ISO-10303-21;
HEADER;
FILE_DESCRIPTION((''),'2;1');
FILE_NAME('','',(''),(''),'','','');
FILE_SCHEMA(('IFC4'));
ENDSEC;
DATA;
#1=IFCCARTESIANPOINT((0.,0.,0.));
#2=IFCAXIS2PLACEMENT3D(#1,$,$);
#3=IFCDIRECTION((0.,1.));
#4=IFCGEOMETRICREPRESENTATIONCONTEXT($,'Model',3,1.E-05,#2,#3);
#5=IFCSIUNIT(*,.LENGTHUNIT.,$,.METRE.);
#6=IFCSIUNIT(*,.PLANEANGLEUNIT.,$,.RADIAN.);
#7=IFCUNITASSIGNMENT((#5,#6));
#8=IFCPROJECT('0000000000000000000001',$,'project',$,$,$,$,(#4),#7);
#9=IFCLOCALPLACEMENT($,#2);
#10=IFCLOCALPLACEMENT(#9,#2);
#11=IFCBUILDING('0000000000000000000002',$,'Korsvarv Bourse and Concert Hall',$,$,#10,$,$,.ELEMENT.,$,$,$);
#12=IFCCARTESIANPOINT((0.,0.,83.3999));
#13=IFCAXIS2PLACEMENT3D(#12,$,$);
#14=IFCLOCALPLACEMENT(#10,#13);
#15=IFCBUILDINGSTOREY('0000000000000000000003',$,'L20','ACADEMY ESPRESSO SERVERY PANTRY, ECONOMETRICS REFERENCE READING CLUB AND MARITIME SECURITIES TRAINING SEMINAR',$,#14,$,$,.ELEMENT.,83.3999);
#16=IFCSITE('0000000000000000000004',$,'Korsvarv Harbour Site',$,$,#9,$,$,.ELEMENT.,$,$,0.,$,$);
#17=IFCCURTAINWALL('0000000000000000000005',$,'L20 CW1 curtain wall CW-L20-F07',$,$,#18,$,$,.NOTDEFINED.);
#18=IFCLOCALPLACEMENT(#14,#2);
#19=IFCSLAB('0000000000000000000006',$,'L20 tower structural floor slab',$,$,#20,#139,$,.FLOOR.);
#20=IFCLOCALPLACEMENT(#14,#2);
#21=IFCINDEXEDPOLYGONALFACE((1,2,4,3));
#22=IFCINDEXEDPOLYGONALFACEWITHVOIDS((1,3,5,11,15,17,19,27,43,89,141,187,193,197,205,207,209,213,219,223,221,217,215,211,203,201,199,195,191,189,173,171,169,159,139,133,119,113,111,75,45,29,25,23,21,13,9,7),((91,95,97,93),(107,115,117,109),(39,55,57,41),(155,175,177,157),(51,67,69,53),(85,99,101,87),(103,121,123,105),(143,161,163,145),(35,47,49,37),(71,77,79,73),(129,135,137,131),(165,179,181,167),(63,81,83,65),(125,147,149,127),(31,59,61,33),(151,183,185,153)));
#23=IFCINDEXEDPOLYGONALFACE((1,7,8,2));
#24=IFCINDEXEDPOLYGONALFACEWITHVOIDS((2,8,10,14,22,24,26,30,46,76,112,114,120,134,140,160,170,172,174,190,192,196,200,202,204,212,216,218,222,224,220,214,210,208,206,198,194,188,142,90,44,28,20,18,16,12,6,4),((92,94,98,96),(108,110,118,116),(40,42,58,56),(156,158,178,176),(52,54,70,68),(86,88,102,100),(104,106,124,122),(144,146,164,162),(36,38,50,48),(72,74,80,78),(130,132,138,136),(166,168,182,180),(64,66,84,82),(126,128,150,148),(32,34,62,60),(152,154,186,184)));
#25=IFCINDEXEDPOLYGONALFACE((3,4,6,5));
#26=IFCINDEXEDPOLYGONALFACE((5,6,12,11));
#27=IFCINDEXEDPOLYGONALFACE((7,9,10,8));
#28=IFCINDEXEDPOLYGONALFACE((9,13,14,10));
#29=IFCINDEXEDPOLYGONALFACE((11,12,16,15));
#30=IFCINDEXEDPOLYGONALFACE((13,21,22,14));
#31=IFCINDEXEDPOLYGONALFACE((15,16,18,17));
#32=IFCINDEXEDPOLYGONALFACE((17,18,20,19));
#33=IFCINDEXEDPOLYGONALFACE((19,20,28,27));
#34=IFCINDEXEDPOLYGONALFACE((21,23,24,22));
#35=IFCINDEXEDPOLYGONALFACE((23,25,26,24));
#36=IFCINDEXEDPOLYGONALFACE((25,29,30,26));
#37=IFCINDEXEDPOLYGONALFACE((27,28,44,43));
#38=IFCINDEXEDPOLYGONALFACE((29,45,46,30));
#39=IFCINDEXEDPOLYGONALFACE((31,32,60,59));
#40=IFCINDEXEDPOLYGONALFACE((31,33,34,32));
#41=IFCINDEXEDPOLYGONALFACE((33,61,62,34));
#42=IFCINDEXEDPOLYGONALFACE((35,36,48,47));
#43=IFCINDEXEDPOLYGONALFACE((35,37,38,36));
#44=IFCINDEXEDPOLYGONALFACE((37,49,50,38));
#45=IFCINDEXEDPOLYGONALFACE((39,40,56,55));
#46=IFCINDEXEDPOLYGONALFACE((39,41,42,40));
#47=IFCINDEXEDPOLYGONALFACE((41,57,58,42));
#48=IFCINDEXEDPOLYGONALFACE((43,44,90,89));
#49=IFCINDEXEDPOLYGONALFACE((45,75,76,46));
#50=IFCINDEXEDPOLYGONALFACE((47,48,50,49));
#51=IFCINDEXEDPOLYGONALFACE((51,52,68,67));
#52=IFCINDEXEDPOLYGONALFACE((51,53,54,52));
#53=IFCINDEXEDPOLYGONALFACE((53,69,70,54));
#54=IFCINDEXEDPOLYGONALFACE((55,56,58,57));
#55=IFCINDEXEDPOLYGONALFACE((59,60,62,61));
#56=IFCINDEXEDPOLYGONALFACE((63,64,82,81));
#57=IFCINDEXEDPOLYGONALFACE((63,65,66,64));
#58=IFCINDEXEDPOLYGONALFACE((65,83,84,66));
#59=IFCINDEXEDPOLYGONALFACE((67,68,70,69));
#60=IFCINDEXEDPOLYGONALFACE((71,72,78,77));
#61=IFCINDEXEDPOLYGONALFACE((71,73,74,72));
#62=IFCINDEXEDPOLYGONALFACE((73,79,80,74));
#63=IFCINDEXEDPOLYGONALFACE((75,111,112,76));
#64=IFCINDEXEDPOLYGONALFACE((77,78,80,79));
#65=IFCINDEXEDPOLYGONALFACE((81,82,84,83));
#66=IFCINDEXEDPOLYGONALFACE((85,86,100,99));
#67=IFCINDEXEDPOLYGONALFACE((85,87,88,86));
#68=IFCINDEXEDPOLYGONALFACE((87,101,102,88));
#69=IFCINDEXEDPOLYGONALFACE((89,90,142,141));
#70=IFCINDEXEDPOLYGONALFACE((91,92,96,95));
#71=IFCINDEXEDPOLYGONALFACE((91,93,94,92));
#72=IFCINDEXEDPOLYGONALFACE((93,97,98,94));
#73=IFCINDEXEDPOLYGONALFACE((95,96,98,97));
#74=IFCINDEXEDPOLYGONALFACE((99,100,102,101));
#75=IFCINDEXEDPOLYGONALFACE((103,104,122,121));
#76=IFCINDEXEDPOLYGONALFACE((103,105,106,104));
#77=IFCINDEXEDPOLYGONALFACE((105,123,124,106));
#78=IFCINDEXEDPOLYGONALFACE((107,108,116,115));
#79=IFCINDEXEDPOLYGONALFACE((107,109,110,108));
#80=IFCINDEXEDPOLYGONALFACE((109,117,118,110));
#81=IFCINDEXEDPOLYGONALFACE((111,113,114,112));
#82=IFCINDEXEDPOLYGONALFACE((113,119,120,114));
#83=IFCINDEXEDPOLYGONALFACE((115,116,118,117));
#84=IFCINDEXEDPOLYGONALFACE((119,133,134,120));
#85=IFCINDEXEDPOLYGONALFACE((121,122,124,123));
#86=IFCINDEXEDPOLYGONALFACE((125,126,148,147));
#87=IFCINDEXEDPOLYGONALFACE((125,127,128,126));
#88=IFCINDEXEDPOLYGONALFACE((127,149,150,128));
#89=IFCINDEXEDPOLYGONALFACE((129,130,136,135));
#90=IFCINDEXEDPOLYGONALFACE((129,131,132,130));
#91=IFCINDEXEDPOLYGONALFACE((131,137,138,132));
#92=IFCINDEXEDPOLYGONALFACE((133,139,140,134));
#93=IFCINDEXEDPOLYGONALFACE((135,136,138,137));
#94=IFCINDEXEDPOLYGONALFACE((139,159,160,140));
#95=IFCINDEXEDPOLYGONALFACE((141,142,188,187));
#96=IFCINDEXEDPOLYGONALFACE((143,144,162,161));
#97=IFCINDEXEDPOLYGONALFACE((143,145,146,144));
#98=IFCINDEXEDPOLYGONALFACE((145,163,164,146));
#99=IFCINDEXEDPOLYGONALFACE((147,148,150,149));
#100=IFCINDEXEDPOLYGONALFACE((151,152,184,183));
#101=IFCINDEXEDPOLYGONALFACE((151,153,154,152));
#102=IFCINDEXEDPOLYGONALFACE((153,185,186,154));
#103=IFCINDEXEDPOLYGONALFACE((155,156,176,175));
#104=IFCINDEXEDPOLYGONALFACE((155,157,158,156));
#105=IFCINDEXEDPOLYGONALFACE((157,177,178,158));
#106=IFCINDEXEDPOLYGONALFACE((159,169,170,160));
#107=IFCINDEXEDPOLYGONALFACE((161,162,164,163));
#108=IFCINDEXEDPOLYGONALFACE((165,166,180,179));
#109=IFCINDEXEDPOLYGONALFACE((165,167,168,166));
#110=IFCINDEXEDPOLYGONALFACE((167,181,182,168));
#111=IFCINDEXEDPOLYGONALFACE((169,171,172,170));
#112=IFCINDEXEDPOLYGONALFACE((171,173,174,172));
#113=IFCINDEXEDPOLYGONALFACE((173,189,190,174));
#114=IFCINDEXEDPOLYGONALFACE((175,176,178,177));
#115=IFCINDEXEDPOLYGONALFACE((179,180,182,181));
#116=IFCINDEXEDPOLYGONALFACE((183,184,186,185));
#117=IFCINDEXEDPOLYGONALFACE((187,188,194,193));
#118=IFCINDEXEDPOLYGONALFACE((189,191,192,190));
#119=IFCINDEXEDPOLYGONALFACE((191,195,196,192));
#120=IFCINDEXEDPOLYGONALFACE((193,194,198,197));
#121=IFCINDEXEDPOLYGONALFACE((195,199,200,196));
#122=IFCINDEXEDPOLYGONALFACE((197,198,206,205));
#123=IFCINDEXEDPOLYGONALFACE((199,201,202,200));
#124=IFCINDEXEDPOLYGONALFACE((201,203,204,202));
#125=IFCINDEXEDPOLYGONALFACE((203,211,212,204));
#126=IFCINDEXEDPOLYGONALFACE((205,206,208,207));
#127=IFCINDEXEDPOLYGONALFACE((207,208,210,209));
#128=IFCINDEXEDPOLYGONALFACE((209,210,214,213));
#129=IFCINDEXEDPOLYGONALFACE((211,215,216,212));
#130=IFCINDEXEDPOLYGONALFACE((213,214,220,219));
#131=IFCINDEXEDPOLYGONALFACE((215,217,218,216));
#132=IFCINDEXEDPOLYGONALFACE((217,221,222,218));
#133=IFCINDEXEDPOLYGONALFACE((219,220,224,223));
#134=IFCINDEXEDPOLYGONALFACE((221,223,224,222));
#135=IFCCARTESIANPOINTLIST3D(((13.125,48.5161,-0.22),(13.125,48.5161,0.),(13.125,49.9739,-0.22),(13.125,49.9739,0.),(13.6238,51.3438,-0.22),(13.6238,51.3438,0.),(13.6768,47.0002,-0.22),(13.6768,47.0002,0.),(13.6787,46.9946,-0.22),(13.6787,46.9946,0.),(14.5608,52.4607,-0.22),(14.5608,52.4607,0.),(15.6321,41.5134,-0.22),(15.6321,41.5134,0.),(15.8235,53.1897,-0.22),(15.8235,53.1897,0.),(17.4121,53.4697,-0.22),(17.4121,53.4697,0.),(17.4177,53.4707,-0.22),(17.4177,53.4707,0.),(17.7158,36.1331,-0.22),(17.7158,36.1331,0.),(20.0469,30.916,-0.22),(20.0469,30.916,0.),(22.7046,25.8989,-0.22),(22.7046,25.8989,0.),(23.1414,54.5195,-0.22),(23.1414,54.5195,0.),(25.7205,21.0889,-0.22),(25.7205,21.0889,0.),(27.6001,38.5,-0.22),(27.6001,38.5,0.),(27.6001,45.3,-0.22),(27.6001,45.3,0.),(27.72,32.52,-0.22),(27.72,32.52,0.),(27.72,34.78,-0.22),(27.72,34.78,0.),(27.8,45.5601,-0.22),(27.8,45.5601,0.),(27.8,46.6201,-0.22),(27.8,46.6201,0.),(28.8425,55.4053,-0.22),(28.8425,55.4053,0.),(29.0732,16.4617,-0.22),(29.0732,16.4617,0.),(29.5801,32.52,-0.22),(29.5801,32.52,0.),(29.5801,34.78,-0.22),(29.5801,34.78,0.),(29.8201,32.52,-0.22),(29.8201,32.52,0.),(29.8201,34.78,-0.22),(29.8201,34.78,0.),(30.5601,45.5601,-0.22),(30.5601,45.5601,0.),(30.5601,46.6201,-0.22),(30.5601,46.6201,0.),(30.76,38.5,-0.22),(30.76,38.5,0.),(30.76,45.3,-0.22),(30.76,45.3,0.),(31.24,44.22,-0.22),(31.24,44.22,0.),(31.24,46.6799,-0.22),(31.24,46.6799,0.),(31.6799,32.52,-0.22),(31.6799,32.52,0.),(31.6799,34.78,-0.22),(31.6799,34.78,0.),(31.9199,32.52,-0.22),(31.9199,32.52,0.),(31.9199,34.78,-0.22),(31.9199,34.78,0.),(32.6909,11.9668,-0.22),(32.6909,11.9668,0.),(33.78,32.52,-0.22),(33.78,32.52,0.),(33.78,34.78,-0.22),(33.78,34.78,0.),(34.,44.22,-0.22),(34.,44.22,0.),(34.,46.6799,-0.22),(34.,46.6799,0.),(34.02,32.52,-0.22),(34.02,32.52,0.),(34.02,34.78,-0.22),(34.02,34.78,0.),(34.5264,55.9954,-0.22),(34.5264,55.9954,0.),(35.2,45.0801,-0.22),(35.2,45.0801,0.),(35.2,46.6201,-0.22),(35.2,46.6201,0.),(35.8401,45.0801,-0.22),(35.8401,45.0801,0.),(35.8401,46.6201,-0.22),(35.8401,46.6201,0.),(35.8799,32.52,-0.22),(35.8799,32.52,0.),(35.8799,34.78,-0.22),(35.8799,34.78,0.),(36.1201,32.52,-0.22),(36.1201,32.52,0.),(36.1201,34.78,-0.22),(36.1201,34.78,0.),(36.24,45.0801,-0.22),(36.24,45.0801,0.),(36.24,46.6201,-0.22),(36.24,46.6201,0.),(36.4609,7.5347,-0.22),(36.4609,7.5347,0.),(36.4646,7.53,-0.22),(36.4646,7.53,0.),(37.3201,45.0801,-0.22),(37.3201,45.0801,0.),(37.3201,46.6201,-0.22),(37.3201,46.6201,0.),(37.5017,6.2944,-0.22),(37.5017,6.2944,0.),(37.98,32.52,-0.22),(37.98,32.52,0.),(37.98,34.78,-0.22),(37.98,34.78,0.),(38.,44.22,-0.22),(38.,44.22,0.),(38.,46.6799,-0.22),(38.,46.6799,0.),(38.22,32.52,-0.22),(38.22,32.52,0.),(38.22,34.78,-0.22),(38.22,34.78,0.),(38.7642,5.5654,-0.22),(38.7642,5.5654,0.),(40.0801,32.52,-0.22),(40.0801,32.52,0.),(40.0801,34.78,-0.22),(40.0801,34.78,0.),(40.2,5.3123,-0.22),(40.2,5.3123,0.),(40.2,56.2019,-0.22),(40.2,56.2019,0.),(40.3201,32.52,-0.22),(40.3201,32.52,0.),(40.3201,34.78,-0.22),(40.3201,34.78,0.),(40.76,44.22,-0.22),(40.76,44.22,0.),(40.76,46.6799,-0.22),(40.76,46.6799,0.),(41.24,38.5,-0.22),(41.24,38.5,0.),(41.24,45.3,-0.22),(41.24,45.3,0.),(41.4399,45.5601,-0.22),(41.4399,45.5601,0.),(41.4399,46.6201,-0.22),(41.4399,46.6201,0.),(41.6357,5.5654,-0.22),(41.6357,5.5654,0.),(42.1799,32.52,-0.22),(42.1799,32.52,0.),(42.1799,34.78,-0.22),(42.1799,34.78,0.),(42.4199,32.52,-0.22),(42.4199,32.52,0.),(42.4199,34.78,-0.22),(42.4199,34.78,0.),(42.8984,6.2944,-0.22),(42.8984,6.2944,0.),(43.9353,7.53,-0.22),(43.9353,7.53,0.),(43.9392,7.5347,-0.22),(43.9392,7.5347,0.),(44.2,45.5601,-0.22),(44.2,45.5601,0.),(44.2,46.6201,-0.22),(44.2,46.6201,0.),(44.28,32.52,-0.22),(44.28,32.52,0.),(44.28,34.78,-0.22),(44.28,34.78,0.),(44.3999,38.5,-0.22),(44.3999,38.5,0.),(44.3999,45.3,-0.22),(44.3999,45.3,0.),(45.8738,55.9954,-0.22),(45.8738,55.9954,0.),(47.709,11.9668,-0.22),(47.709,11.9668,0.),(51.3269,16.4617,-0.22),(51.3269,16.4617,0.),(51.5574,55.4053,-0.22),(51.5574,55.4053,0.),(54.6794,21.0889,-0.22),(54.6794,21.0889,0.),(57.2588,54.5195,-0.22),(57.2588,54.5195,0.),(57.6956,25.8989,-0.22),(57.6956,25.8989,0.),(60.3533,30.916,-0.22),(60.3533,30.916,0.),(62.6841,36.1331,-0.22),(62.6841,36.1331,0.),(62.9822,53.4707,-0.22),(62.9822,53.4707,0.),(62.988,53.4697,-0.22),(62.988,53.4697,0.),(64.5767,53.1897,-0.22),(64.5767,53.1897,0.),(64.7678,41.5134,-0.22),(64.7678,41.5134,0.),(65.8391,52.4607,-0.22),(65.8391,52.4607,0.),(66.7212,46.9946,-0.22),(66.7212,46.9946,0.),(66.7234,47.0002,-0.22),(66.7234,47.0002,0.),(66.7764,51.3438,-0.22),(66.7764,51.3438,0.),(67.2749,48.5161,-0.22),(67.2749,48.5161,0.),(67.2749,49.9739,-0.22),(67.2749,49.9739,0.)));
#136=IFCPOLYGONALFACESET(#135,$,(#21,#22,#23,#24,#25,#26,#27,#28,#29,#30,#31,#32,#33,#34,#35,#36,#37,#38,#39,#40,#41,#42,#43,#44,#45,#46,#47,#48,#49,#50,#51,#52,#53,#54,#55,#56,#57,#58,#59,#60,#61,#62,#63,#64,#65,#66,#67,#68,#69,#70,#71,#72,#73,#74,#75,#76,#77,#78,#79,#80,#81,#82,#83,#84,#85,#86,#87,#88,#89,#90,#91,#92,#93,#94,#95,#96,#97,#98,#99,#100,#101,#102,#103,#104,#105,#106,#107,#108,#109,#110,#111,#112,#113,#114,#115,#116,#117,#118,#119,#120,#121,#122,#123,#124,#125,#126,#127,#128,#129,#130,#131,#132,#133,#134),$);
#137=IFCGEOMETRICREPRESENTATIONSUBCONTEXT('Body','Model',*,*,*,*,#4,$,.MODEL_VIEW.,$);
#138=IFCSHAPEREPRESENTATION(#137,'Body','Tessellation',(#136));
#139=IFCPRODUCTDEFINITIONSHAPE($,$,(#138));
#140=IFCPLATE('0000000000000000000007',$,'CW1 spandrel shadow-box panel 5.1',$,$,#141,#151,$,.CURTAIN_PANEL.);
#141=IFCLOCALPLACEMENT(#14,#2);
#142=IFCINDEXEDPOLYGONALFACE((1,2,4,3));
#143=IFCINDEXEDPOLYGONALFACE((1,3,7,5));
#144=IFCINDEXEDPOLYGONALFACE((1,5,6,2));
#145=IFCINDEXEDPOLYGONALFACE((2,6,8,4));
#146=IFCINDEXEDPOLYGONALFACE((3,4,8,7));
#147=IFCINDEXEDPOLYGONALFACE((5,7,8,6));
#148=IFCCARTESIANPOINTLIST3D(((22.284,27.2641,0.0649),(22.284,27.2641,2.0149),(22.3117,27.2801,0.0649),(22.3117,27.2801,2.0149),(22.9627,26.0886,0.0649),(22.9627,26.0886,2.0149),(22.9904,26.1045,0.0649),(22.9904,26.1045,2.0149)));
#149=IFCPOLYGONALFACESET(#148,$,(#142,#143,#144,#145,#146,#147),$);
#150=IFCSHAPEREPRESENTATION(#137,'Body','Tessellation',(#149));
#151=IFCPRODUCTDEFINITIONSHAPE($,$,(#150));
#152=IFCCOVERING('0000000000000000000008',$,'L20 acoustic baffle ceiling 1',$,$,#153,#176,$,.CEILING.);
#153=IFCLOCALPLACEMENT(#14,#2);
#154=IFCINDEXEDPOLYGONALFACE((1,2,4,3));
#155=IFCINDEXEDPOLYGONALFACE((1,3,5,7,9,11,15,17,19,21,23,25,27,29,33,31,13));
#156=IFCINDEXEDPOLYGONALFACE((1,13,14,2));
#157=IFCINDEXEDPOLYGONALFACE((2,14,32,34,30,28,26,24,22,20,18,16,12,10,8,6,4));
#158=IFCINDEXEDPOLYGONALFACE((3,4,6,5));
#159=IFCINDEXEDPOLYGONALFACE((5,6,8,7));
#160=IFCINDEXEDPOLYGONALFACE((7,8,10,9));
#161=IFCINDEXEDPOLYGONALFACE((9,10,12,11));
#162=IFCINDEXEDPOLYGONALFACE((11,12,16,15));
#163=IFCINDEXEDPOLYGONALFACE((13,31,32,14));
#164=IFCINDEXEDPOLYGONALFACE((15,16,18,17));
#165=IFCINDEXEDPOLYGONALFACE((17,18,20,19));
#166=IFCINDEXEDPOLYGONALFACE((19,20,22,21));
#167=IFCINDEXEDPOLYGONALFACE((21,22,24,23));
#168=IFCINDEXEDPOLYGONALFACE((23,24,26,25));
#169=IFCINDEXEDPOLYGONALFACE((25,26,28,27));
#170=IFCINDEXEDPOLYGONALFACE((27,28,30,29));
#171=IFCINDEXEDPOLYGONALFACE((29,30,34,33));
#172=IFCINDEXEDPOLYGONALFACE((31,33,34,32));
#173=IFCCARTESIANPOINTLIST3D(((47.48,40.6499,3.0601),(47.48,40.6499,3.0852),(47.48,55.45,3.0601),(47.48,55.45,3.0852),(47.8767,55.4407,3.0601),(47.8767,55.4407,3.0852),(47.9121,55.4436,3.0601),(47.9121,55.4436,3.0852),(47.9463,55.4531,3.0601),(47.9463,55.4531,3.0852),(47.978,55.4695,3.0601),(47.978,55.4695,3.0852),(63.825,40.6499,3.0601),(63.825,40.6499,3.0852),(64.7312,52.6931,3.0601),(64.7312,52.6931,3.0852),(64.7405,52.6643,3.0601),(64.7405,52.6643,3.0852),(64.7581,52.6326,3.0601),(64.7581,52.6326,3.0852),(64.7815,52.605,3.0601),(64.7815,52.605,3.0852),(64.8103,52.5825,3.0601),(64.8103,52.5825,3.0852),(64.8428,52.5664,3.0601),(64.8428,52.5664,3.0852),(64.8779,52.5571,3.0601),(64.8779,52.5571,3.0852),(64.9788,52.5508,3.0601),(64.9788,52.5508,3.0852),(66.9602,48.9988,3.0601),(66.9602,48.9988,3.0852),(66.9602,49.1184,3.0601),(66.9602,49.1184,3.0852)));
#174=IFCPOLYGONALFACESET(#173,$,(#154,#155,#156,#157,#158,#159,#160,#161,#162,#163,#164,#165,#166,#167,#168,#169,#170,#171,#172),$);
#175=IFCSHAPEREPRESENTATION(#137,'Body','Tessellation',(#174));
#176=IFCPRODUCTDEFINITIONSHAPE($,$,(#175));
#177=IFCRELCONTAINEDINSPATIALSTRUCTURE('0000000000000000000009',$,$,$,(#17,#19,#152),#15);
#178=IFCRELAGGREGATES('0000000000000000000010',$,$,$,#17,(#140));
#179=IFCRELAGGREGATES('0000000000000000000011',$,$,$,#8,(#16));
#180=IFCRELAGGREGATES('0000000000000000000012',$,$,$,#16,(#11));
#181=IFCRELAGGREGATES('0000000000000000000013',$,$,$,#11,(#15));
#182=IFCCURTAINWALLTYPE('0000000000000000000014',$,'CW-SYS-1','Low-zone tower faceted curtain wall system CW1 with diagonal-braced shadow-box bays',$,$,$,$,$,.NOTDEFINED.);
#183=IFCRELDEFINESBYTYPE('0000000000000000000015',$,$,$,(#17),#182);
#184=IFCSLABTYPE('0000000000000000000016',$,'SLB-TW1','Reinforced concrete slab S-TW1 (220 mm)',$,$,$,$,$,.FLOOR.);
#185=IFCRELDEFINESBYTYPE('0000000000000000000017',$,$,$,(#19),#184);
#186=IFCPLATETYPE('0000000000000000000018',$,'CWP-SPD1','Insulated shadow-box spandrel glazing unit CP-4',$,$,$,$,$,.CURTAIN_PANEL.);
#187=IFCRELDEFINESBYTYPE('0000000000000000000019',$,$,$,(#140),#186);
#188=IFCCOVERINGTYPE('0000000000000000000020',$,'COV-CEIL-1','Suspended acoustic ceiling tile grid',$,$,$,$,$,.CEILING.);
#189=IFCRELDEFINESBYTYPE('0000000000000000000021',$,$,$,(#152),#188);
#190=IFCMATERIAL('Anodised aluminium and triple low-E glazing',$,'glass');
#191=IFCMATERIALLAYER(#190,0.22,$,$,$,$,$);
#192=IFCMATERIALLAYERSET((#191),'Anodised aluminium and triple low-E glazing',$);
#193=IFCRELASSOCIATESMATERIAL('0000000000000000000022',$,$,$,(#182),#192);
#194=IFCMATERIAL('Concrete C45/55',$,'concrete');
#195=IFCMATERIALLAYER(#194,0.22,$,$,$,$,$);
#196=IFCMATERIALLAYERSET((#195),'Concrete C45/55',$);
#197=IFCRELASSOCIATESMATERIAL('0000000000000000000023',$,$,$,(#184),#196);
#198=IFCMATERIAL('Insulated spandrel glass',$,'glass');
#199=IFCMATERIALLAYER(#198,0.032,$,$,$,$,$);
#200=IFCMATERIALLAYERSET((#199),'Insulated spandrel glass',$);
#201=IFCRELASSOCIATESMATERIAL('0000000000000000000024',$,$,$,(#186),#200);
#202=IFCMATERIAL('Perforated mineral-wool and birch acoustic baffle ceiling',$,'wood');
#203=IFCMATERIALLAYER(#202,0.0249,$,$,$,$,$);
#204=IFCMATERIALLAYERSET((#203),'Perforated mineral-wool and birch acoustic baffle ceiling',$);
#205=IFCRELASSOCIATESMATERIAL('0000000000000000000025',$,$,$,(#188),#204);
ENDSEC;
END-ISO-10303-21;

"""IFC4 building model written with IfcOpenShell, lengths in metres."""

from ifc_helpers import new_model, si_unit, direction, frame, origin, origin_2d, place, context, subcontext, project, spatial, polyline, rectangle, outline, extrude, source, transform, mapped, material, layer, layer_set, type_object, element, aggregate, save


model = new_model("IFC4")

# Units and contexts
model_context = context("Model", 3, precision=1e-05, world=origin(), true_north=direction((0.0, 1.0)))
body_context = subcontext(model_context, "Body", "Model", "MODEL_VIEW")
ifc_project = project(units=[si_unit("LENGTHUNIT", "METRE"), si_unit("PLANEANGLEUNIT", "RADIAN")], contexts=[model_context])

# Site, building, storey
site_placement = place(None, origin())
site = spatial("IfcSite", under=ifc_project, at=site_placement, Name="Korsvarv Harbour Site", CompositionType="ELEMENT", RefElevation=0.0)
building_placement = place(site_placement, origin())
building = spatial("IfcBuilding", under=site, at=building_placement, Name="Korsvarv Bourse and Concert Hall", CompositionType="ELEMENT")
storey_placement = place(building_placement, frame((0.0, 0.0, 83.3999)))
storey = spatial("IfcBuildingStorey", under=building, at=storey_placement, Name="L20", Description="ACADEMY ESPRESSO SERVERY PANTRY, ECONOMETRICS REFERENCE READING CLUB AND MARITIME SECURITIES TRAINING SEMINAR", CompositionType="ELEMENT", Elevation=83.3999)

# Curtain wall
ifc_material_1 = material(Name="Anodised aluminium and triple low-E glazing", Category="glass")
ifc_layer_1 = layer(ifc_material_1, 0.22)
ifc_layer_set_1 = layer_set([ifc_layer_1], Name="Anodised aluminium and triple low-E glazing")
curtain_wall_type = type_object("IfcCurtainWallType", Name="CW-SYS-1", Description="Low-zone tower faceted curtain wall system CW1 with diagonal-braced shadow-box bays", PredefinedType="NOTDEFINED", material=ifc_layer_set_1)
curtain_wall_placement = place(storey_placement, origin())
curtain_wall = element("IfcCurtainWall", 1, at=curtain_wall_placement, inside=storey, type_object=curtain_wall_type, Name="L20 CW1 curtain wall CW-L20-F07", PredefinedType="NOTDEFINED")

# Slab
ifc_material_2 = material(Name="Concrete C45/55", Category="concrete")
ifc_layer_2 = layer(ifc_material_2, 0.22)
ifc_layer_set_2 = layer_set([ifc_layer_2], Name="Concrete C45/55")
slab_type_1 = type_object("IfcSlabType", Name="SLB-TW1", Description="Reinforced concrete slab S-TW1 (220 mm)", PredefinedType="FLOOR", material=ifc_layer_set_2)
slab_1_placement = place(storey_placement, frame((0.0, 0.0, -0.22)))
element("IfcSlab", 2, at=slab_1_placement, inside=storey, type_object=slab_type_1, Name="L20 tower structural floor slab", PredefinedType="FLOOR", context=body_context, shape_type="SweptSolid", body=[
    extrude(outline(polyline([(66.7212, 46.9946), (64.7678, 41.5134), (62.6841, 36.1331), (60.3533, 30.916), (57.6956, 25.8989), (54.6794, 21.0889), (51.3269, 16.4617), (47.709, 11.9668), (43.9392, 7.5347), (43.9353, 7.53), (42.8984, 6.2944), (41.6357, 5.5654), (40.2, 5.3123), (38.7642, 5.5654), (37.5017, 6.2944), (36.4646, 7.53), (36.4609, 7.5347), (32.6909, 11.9668), (29.0732, 16.4617), (25.7205, 21.0889), (22.7046, 25.8989), (20.0469, 30.916), (17.7158, 36.1331), (15.6321, 41.5134), (13.6787, 46.9946), (13.6768, 47.0002), (13.125, 48.5161), (13.125, 49.9739), (13.6238, 51.3438), (14.5608, 52.4607), (15.8235, 53.1897), (17.4121, 53.4697), (17.4177, 53.4707), (23.1414, 54.5195), (28.8425, 55.4053), (34.5264, 55.9954), (40.2, 56.2019), (45.8738, 55.9954), (51.5574, 55.4053), (57.2588, 54.5195), (62.9822, 53.4707), (62.988, 53.4697), (64.5767, 53.1897), (65.8391, 52.4607), (66.7764, 51.3438), (67.2749, 49.9739), (67.2749, 48.5161), (66.7234, 47.0002), (66.7212, 46.9946)]), holes=[polyline([(30.76, 38.5), (30.76, 45.3), (27.6001, 45.3), (27.6001, 38.5), (30.76, 38.5)]), polyline([(44.3999, 38.5), (44.3999, 45.3), (41.24, 45.3), (41.24, 38.5), (44.3999, 38.5)]), polyline([(31.24, 44.22), (34.0, 44.22), (34.0, 46.6799), (31.24, 46.6799), (31.24, 44.22)]), polyline([(38.0, 44.22), (40.76, 44.22), (40.76, 46.6799), (38.0, 46.6799), (38.0, 44.22)]), polyline([(27.72, 32.52), (29.5801, 32.52), (29.5801, 34.78), (27.72, 34.78), (27.72, 32.52)]), polyline([(29.8201, 32.52), (31.6799, 32.52), (31.6799, 34.78), (29.8201, 34.78), (29.8201, 32.52)]), polyline([(31.9199, 32.52), (33.78, 32.52), (33.78, 34.78), (31.9199, 34.78), (31.9199, 32.52)]), polyline([(34.02, 32.52), (35.8799, 32.52), (35.8799, 34.78), (34.02, 34.78), (34.02, 32.52)]), polyline([(36.1201, 32.52), (37.98, 32.52), (37.98, 34.78), (36.1201, 34.78), (36.1201, 32.52)]), polyline([(38.22, 32.52), (40.0801, 32.52), (40.0801, 34.78), (38.22, 34.78), (38.22, 32.52)]), polyline([(40.3201, 32.52), (42.1799, 32.52), (42.1799, 34.78), (40.3201, 34.78), (40.3201, 32.52)]), polyline([(42.4199, 32.52), (44.28, 32.52), (44.28, 34.78), (42.4199, 34.78), (42.4199, 32.52)]), polyline([(27.8, 45.5601), (30.5601, 45.5601), (30.5601, 46.6201), (27.8, 46.6201), (27.8, 45.5601)]), polyline([(41.4399, 45.5601), (44.2, 45.5601), (44.2, 46.6201), (41.4399, 46.6201), (41.4399, 45.5601)]), polyline([(35.2, 45.0801), (35.8401, 45.0801), (35.8401, 46.6201), (35.2, 46.6201), (35.2, 45.0801)]), polyline([(36.24, 45.0801), (37.3201, 45.0801), (37.3201, 46.6201), (36.24, 46.6201), (36.24, 45.0801)])]), origin(), (0.0, 0.0, 1.0), 0.22),
])

# Plate
ifc_material_3 = material(Name="Insulated spandrel glass", Category="glass")
ifc_layer_3 = layer(ifc_material_3, 0.032)
ifc_layer_set_3 = layer_set([ifc_layer_3], Name="Insulated spandrel glass")
plate_type = type_object("IfcPlateType", Name="CWP-SPD1", Description="Insulated shadow-box spandrel glazing unit CP-4", PredefinedType="CURTAIN_PANEL", material=ifc_layer_set_3)
shared_shape_1 = source(origin(), body_context, "Body", "SweptSolid", [
    extrude(rectangle(XDim=1.3574, YDim=0.032, at=origin_2d()), origin(), (0.0, 0.0, 1.0), 1.95),
])
plate_placement = place(storey_placement, frame((22.6372, 26.6843, 0.0649), z_axis=(0.0, 0.0, 1.0), x_axis=(0.500002, -0.866024, 0.0)))
plate = element("IfcPlate", 3, at=plate_placement, type_object=plate_type, Name="CW1 spandrel shadow-box panel 5.1", PredefinedType="CURTAIN_PANEL", context=body_context, shape_type="MappedRepresentation", body=[
    mapped(shared_shape_1, transform((0.0, 0.0, 0.0), scale=1.0)),
])
aggregate(curtain_wall, [plate])

# Covering
ifc_material_4 = material(Name="Perforated mineral-wool and birch acoustic baffle ceiling", Category="wood")
ifc_layer_4 = layer(ifc_material_4, 0.0249)
ifc_layer_set_4 = layer_set([ifc_layer_4], Name="Perforated mineral-wool and birch acoustic baffle ceiling")
covering_type_1 = type_object("IfcCoveringType", Name="COV-CEIL-1", Description="Suspended acoustic ceiling tile grid", PredefinedType="CEILING", material=ifc_layer_set_4)
covering_1_placement = place(storey_placement, frame((0.0, 0.0, 3.0601)))
element("IfcCovering", 4, at=covering_1_placement, inside=storey, type_object=covering_type_1, Name="L20 acoustic baffle ceiling 1", PredefinedType="CEILING", context=body_context, shape_type="SweptSolid", body=[
    extrude(outline(polyline([(47.8767, 55.4407), (47.9121, 55.4436), (47.9463, 55.4531), (47.978, 55.4695), (64.7312, 52.6931), (64.7405, 52.6643), (64.7581, 52.6326), (64.7815, 52.605), (64.8103, 52.5825), (64.8428, 52.5664), (64.8779, 52.5571), (64.9788, 52.5508), (66.9602, 49.1184), (66.9602, 48.9988), (63.825, 40.6499), (47.48, 40.6499), (47.48, 55.45), (47.8767, 55.4407)])), origin(), (0.0, 0.0, 1.0), 0.0251),
])

save(model, "model.ifc")
